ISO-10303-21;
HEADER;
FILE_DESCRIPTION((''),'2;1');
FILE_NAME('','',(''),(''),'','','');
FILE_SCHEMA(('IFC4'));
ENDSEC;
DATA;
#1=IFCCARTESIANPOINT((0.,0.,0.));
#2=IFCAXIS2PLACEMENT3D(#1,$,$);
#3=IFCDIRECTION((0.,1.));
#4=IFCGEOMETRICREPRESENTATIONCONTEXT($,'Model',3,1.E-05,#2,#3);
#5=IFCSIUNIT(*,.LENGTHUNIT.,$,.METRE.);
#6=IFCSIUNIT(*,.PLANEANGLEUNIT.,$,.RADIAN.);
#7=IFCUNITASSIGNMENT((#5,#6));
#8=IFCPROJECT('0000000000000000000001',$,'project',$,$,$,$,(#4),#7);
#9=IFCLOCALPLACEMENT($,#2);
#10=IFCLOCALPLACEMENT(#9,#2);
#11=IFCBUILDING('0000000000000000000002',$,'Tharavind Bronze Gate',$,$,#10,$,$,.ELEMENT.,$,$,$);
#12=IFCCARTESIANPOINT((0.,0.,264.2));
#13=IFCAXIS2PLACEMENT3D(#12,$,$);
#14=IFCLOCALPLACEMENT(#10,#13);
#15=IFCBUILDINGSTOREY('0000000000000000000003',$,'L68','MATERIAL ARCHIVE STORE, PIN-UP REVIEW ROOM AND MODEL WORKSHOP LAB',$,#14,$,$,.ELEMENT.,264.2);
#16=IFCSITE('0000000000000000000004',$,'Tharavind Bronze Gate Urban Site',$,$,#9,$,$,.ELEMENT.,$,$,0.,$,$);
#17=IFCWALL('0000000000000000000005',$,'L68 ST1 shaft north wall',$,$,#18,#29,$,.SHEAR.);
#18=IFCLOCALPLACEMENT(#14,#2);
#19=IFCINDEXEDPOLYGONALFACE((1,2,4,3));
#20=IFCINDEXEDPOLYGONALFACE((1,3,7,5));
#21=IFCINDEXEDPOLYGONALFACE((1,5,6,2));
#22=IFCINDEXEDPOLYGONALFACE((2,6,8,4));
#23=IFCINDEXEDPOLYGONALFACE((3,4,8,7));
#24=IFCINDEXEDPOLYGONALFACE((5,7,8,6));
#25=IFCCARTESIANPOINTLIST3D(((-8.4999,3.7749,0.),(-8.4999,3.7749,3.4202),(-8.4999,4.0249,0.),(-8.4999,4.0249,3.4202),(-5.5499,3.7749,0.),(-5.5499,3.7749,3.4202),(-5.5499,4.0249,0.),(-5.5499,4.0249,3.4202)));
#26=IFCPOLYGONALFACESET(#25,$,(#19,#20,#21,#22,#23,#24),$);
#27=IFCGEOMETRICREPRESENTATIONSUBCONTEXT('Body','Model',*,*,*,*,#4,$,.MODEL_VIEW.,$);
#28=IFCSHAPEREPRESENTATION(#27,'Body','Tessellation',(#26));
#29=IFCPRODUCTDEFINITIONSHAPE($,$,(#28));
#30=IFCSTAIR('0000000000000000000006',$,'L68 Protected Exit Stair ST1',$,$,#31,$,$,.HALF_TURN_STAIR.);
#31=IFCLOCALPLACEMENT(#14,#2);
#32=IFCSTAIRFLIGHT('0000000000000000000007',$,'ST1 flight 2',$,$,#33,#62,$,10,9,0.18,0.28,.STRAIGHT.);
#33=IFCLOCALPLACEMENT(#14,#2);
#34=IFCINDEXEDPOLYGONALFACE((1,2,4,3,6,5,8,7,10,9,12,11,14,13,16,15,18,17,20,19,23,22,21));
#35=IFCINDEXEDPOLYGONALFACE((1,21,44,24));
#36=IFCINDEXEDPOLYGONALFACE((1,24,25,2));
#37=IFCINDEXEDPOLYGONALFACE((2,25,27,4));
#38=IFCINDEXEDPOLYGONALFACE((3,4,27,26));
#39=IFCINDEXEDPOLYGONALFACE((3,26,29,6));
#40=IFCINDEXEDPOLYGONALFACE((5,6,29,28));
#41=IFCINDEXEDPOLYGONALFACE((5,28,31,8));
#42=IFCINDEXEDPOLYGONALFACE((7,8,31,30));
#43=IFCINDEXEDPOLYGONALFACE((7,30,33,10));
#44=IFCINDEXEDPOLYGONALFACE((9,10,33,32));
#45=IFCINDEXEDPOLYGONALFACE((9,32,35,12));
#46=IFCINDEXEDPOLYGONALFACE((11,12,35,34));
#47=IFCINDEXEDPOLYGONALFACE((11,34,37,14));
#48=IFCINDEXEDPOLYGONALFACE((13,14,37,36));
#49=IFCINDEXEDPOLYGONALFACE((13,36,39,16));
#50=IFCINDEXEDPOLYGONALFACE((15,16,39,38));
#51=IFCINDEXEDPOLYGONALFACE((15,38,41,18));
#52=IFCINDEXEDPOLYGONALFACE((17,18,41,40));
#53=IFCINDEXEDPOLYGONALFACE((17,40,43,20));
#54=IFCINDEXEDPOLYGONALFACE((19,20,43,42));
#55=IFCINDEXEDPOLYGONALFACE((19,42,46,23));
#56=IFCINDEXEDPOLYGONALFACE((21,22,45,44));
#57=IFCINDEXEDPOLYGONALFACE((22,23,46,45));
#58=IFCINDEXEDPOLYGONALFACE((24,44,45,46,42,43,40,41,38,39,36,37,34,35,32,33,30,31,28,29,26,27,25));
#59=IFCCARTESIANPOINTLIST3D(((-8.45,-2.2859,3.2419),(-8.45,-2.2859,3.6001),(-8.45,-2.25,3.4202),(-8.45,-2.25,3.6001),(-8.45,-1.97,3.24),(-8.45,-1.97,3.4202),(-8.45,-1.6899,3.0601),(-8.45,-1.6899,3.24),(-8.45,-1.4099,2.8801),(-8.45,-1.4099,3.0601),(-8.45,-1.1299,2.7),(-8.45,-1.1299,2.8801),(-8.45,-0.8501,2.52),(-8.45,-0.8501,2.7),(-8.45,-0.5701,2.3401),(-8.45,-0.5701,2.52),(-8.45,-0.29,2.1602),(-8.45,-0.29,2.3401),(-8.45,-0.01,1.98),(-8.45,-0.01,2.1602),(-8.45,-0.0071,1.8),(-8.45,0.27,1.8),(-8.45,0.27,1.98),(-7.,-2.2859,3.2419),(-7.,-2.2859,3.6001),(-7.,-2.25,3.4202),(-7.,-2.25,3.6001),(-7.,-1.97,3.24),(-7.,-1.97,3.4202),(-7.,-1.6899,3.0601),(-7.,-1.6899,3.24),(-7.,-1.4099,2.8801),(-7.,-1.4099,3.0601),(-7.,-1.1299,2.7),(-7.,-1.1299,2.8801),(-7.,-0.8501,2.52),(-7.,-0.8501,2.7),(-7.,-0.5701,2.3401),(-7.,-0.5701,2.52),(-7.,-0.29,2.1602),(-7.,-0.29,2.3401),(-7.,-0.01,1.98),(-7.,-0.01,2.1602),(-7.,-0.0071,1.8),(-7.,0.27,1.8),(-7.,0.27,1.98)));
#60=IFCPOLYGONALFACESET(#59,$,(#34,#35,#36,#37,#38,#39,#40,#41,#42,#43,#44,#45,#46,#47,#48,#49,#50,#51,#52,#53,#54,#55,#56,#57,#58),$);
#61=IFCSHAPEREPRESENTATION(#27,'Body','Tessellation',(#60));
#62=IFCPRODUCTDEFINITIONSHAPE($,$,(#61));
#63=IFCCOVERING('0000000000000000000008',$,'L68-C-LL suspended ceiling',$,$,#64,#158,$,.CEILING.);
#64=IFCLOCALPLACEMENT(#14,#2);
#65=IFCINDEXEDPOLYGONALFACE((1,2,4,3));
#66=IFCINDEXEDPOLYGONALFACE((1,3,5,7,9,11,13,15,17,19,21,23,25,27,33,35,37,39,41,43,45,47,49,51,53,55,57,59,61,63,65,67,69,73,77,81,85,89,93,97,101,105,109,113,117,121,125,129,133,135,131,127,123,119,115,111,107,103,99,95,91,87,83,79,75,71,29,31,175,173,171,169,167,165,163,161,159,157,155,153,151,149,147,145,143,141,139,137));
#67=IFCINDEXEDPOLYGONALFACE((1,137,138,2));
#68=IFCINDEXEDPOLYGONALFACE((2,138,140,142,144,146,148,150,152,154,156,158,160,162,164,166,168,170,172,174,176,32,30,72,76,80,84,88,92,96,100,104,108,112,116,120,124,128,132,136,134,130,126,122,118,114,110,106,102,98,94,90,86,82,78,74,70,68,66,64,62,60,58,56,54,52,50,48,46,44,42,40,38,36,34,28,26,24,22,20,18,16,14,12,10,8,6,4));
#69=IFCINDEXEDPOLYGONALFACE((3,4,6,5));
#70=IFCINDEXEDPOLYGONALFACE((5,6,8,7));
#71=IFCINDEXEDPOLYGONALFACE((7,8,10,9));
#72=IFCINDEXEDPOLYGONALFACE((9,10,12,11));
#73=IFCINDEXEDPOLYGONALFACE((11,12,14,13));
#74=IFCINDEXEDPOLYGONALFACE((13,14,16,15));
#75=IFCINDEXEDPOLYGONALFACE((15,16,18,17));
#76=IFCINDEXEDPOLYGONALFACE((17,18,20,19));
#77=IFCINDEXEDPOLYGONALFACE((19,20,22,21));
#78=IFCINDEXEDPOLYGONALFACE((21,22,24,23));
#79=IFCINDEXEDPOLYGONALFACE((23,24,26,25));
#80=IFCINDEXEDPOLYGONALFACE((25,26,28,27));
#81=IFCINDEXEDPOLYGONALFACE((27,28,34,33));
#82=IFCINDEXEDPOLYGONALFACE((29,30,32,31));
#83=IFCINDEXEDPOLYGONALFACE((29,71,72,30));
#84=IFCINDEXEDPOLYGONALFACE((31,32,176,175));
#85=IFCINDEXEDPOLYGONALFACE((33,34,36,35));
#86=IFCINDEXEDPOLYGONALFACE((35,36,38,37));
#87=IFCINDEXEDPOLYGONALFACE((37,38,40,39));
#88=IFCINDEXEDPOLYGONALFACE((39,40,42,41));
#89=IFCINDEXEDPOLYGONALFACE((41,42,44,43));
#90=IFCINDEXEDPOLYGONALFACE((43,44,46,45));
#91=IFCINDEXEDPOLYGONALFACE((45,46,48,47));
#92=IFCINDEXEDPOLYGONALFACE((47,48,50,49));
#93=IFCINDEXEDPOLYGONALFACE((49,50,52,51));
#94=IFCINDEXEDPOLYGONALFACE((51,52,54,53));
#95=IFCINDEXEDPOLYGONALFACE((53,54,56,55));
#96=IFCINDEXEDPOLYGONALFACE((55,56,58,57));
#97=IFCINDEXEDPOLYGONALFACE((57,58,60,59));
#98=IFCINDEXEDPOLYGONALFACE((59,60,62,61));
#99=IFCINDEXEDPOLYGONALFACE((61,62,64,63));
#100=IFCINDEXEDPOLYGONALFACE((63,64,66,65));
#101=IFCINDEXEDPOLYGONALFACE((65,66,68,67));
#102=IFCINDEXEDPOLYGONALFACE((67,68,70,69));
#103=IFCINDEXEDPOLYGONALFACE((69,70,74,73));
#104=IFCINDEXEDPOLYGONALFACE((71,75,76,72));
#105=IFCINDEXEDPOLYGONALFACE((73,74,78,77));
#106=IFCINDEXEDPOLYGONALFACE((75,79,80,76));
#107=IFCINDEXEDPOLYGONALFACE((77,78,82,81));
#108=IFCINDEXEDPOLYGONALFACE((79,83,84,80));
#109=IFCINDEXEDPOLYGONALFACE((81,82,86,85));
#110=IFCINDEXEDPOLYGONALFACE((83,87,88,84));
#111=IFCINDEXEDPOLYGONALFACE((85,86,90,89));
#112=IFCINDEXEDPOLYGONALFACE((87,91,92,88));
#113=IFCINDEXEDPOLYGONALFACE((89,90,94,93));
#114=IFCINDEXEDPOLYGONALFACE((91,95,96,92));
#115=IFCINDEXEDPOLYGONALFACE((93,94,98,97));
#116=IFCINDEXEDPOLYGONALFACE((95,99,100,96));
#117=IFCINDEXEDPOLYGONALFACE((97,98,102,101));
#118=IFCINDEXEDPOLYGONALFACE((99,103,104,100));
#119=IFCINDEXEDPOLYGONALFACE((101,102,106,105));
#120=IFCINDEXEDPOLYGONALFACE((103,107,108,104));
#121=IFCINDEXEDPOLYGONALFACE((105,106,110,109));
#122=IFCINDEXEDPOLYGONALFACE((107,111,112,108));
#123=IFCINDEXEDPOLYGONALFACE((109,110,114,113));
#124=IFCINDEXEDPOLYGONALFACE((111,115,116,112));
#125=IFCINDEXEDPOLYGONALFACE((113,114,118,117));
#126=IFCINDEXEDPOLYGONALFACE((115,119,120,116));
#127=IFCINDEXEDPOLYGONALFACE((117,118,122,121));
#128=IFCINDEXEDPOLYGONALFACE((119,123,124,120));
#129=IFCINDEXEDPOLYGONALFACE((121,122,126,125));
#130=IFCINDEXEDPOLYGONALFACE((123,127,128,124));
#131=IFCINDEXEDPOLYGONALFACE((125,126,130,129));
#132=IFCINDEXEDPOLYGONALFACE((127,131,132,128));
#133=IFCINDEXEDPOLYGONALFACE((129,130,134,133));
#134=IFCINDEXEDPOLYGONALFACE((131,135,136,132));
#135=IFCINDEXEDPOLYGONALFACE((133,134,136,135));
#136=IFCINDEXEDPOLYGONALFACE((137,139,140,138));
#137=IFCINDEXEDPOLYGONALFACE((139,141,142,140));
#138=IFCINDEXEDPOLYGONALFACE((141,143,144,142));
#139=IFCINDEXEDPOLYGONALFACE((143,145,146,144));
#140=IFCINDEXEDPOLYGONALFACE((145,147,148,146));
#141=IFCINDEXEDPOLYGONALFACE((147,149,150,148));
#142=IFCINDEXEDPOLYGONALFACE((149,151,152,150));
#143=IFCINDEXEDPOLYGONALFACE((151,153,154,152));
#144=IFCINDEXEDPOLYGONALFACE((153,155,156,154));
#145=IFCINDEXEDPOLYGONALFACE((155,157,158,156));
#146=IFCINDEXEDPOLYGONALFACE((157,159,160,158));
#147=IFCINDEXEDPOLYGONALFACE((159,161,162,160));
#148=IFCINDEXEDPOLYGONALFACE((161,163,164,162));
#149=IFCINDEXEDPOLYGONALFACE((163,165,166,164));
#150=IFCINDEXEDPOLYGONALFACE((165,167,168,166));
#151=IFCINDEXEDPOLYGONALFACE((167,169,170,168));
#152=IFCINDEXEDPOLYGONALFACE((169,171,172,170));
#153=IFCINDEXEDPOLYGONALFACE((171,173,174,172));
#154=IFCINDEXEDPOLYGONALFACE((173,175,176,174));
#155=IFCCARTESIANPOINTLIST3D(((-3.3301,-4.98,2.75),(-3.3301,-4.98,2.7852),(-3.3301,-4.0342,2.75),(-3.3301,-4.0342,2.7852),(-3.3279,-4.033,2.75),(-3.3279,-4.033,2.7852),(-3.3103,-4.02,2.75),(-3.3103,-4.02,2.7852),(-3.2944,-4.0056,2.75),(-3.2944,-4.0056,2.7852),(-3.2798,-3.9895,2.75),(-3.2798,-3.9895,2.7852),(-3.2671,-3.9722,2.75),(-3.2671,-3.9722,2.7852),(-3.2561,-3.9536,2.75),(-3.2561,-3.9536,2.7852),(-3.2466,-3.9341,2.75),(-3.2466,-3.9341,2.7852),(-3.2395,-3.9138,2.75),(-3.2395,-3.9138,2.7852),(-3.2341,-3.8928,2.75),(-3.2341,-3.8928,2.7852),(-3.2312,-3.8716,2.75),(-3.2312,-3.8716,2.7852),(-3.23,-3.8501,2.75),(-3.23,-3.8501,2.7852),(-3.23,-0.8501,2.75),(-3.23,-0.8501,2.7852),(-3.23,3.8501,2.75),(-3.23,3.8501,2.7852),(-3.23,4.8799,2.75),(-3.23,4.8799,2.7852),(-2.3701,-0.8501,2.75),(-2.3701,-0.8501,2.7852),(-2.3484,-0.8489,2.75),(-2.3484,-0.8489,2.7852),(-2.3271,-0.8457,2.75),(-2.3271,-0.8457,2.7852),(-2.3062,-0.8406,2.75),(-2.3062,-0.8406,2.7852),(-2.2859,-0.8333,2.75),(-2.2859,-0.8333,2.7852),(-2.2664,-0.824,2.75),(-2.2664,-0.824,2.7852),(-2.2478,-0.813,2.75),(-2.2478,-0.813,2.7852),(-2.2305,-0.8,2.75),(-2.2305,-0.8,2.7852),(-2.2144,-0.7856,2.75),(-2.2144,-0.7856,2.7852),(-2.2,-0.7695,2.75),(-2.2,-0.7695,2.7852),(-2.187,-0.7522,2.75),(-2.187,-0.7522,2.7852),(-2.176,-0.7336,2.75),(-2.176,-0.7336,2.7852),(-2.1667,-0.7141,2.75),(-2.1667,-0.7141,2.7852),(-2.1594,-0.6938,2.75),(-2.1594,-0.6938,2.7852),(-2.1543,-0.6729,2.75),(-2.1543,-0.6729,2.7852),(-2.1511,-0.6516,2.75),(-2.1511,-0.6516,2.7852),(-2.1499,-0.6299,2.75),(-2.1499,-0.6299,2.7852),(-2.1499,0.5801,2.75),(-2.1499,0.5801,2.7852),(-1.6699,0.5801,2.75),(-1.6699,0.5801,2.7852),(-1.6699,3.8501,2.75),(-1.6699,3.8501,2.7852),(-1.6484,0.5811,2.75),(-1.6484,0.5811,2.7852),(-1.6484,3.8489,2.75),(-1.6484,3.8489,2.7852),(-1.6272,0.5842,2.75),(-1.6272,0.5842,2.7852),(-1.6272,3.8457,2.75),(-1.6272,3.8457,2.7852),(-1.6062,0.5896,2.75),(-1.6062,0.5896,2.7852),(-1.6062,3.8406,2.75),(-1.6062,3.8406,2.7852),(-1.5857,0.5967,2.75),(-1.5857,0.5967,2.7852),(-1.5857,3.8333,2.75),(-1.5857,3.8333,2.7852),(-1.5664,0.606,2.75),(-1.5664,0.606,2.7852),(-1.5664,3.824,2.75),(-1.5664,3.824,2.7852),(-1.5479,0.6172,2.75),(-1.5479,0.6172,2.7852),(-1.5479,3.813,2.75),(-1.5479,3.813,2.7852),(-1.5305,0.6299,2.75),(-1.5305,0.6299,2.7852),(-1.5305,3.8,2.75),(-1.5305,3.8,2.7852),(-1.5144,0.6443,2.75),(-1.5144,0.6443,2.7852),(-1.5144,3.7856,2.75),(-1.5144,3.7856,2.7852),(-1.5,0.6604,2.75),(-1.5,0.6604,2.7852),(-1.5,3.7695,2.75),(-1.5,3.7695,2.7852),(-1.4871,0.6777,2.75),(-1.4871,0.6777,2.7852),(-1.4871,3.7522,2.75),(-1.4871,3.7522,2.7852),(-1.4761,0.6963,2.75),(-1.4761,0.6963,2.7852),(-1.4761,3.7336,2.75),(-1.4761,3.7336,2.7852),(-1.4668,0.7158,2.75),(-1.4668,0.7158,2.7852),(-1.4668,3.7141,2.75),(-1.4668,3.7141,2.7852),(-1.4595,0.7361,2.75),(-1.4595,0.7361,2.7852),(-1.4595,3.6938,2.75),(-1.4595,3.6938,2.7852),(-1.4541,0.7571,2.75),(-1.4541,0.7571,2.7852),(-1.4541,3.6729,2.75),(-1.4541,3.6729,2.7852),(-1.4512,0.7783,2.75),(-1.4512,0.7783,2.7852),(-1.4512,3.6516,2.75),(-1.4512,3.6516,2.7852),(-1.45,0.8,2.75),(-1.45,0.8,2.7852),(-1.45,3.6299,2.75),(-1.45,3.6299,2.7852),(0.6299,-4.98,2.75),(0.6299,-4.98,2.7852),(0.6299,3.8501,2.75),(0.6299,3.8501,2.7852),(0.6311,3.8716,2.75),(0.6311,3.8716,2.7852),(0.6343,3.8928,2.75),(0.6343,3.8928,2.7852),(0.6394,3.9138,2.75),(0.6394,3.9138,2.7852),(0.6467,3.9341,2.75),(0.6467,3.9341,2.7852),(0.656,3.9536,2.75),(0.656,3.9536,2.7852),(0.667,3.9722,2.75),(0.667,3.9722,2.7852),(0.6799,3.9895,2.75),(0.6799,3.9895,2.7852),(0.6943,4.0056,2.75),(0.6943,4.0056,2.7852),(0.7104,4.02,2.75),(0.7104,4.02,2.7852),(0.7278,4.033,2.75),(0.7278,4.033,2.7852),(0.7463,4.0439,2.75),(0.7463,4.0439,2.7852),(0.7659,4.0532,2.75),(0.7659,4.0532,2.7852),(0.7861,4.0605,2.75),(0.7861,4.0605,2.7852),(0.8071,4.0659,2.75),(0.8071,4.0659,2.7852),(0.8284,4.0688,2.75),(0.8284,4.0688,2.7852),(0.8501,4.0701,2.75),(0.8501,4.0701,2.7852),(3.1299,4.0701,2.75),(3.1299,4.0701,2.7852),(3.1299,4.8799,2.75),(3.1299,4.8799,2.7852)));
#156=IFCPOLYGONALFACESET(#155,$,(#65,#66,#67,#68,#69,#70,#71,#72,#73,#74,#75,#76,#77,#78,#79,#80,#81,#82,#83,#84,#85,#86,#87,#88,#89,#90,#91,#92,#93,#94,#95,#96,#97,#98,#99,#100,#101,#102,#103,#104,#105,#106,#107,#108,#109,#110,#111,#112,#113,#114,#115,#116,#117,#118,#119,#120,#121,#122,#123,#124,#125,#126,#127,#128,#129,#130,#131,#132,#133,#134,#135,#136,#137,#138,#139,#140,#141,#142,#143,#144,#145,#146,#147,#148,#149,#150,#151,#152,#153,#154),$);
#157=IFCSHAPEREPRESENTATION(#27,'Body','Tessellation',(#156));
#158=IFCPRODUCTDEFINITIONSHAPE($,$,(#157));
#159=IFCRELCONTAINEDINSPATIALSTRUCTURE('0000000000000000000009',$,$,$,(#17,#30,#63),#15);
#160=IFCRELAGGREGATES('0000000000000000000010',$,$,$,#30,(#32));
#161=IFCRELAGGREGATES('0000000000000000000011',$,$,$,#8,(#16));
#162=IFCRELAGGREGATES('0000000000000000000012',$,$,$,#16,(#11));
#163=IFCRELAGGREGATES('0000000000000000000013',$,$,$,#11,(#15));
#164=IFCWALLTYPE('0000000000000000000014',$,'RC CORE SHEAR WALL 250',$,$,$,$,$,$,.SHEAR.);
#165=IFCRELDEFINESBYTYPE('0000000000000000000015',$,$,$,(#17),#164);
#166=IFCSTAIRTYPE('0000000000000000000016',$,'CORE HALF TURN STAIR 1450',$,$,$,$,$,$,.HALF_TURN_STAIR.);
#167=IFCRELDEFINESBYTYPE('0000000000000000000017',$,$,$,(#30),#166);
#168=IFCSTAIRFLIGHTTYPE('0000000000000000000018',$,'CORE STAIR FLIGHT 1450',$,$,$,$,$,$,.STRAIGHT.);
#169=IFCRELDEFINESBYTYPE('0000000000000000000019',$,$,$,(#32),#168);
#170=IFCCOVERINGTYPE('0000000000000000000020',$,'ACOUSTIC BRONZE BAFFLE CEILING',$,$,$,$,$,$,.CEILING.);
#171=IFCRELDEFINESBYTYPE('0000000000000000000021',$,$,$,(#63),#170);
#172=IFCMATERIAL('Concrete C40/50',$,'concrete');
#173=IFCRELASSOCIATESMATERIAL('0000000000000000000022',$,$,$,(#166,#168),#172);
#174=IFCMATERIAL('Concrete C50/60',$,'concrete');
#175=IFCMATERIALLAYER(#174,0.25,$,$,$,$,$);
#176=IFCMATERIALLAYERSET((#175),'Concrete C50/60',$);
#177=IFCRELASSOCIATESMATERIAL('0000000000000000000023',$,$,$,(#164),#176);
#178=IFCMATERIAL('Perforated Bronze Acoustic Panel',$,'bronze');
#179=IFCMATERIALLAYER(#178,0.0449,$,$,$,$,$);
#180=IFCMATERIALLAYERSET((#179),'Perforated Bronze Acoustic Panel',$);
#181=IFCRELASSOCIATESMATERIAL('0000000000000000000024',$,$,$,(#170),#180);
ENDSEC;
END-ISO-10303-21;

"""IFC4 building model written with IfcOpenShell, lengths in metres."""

from ifc_helpers import new_model, si_unit, direction, frame, frame_2d, origin, place, context, subcontext, project, spatial, polyline, rectangle, outline, extrude, material, layer, layer_set, type_object, element, aggregate, save


model = new_model("IFC4")

# Units and contexts
model_context = context("Model", 3, precision=1e-05, world=origin(), true_north=direction((0.0, 1.0)))
body_context = subcontext(model_context, "Body", "Model", "MODEL_VIEW")
ifc_project = project(units=[si_unit("LENGTHUNIT", "METRE"), si_unit("PLANEANGLEUNIT", "RADIAN")], contexts=[model_context])

# Site, building, storey
site_placement = place(None, origin())
site = spatial("IfcSite", under=ifc_project, at=site_placement, Name="Tharavind Bronze Gate Urban Site", CompositionType="ELEMENT", RefElevation=0.0)
building_placement = place(site_placement, origin())
building = spatial("IfcBuilding", under=site, at=building_placement, Name="Tharavind Bronze Gate", CompositionType="ELEMENT")
storey_placement = place(building_placement, frame((0.0, 0.0, 264.2)))
storey = spatial("IfcBuildingStorey", under=building, at=storey_placement, Name="L68", Description="MATERIAL ARCHIVE STORE, PIN-UP REVIEW ROOM AND MODEL WORKSHOP LAB", CompositionType="ELEMENT", Elevation=264.2)

# Shared definitions
ifc_material_1 = material(Name="Concrete C40/50", Category="concrete")
stair_type = type_object("IfcStairType", Name="CORE HALF TURN STAIR 1450", PredefinedType="HALF_TURN_STAIR", material=ifc_material_1)

# Wall
ifc_material_2 = material(Name="Concrete C50/60", Category="concrete")
ifc_layer_1 = layer(ifc_material_2, 0.25)
ifc_layer_set_1 = layer_set([ifc_layer_1], Name="Concrete C50/60")
wall_type_1 = type_object("IfcWallType", Name="RC CORE SHEAR WALL 250", PredefinedType="SHEAR", material=ifc_layer_set_1)
wall_1_placement = place(storey_placement, frame((-8.5, 3.8999, 0.0), z_axis=(0.0, 0.0, 1.0), x_axis=(1.0, 0.0, 0.0)))
element("IfcWall", 1, at=wall_1_placement, inside=storey, type_object=wall_type_1, Name="L68 ST1 shaft north wall", PredefinedType="SHEAR", context=body_context, shape_type="SweptSolid", body=[
    extrude(rectangle(XDim=2.95, YDim=0.25, at=frame_2d((1.4751, 0.0))), origin(), (0.0, 0.0, 1.0), 3.4202),
])

# Stair, stair flight
stair_1_placement = place(storey_placement, origin())
stair_1 = element("IfcStair", 2, at=stair_1_placement, inside=storey, type_object=stair_type, Name="L68 Protected Exit Stair ST1", PredefinedType="HALF_TURN_STAIR")
stair_flight_type = type_object("IfcStairFlightType", Name="CORE STAIR FLIGHT 1450", PredefinedType="STRAIGHT", material=ifc_material_1)
stair_flight_placement = place(storey_placement, frame((-7.7251, 0.27, 1.8), z_axis=(0.0, 0.0, 1.0), x_axis=(0.0, -1.0, 0.0)))
stair_flight = element("IfcStairFlight", 3, at=stair_flight_placement, type_object=stair_flight_type, Name="ST1 flight 2", NumberOfRisers=10, NumberOfTreads=9, PredefinedType="STRAIGHT", RiserHeight=0.18, TreadLength=0.28, context=body_context, shape_type="SweptSolid", body=[
    extrude(outline(polyline([(0.0, 0.0), (0.0, 0.1799), (0.28, 0.1799), (0.28, 0.3601), (0.5601, 0.3601), (0.5601, 0.54), (0.8401, 0.54), (0.8401, 0.72), (1.1201, 0.72), (1.1201, 0.8999), (1.3999, 0.8999), (1.3999, 1.0801), (1.6799, 1.0801), (1.6799, 1.26), (1.96, 1.26), (1.96, 1.4399), (2.24, 1.4399), (2.24, 1.6201), (2.52, 1.6201), (2.52, 1.8), (2.5559, 1.8), (2.5559, 1.4419), (0.2771, 0.0), (0.0, 0.0)])), frame((0.0, 0.7251, 0.0), z_axis=(0.0, -1.0, 0.0), x_axis=(1.0, 0.0, 0.0)), (0.0, 0.0, 1.0), 1.45),
])
aggregate(stair_1, [stair_flight])

# Covering
ifc_material_3 = material(Name="Perforated Bronze Acoustic Panel", Category="bronze")
ifc_layer_2 = layer(ifc_material_3, 0.0449)
ifc_layer_set_2 = layer_set([ifc_layer_2], Name="Perforated Bronze Acoustic Panel")
covering_type_1 = type_object("IfcCoveringType", Name="ACOUSTIC BRONZE BAFFLE CEILING", PredefinedType="CEILING", material=ifc_layer_set_2)
covering_1_placement = place(storey_placement, frame((0.0, 0.0, 2.75)))
element("IfcCovering", 4, at=covering_1_placement, inside=storey, type_object=covering_type_1, Name="L68-C-LL suspended ceiling", PredefinedType="CEILING", context=body_context, shape_type="SweptSolid", body=[
    extrude(outline(polyline([(-3.3301, -4.98), (0.6299, -4.98), (0.6299, 3.8501), (0.6311, 3.8716), (0.6343, 3.8928), (0.6394, 3.9138), (0.6467, 3.9341), (0.656, 3.9536), (0.667, 3.9722), (0.6799, 3.9895), (0.6943, 4.0056), (0.7104, 4.02), (0.7278, 4.033), (0.7463, 4.0439), (0.7659, 4.0532), (0.7861, 4.0605), (0.8071, 4.0659), (0.8284, 4.0688), (0.8501, 4.0701), (3.1299, 4.0701), (3.1299, 4.8799), (-3.23, 4.8799), (-3.23, 3.8501), (-1.6699, 3.8501), (-1.6484, 3.8489), (-1.6272, 3.8457), (-1.6062, 3.8406), (-1.5857, 3.8333), (-1.5664, 3.824), (-1.5479, 3.813), (-1.5305, 3.8), (-1.5144, 3.7856), (-1.5, 3.7695), (-1.4871, 3.7522), (-1.4761, 3.7336), (-1.4668, 3.7141), (-1.4595, 3.6938), (-1.4541, 3.6729), (-1.4512, 3.6516), (-1.45, 3.6299), (-1.45, 0.8), (-1.4512, 0.7783), (-1.4541, 0.7571), (-1.4595, 0.7361), (-1.4668, 0.7158), (-1.4761, 0.6963), (-1.4871, 0.6777), (-1.5, 0.6604), (-1.5144, 0.6443), (-1.5305, 0.6299), (-1.5479, 0.6172), (-1.5664, 0.606), (-1.5857, 0.5967), (-1.6062, 0.5896), (-1.6272, 0.5842), (-1.6484, 0.5811), (-1.6699, 0.5801), (-2.1499, 0.5801), (-2.1499, -0.6299), (-2.1511, -0.6516), (-2.1543, -0.6729), (-2.1594, -0.6938), (-2.1667, -0.7141), (-2.176, -0.7336), (-2.187, -0.7522), (-2.2, -0.7695), (-2.2144, -0.7856), (-2.2305, -0.8), (-2.2478, -0.813), (-2.2664, -0.824), (-2.2859, -0.8333), (-2.3062, -0.8406), (-2.3271, -0.8457), (-2.3484, -0.8489), (-2.3701, -0.8501), (-3.23, -0.8501), (-3.23, -3.8501), (-3.2312, -3.8716), (-3.2341, -3.8928), (-3.2395, -3.9138), (-3.2466, -3.9341), (-3.2561, -3.9536), (-3.2671, -3.9722), (-3.2798, -3.9895), (-3.2944, -4.0056), (-3.3103, -4.02), (-3.3279, -4.033), (-3.3301, -4.0342), (-3.3301, -4.98)])), origin(), (0.0, 0.0, 1.0), 0.0352),
])

save(model, "model.ifc")
